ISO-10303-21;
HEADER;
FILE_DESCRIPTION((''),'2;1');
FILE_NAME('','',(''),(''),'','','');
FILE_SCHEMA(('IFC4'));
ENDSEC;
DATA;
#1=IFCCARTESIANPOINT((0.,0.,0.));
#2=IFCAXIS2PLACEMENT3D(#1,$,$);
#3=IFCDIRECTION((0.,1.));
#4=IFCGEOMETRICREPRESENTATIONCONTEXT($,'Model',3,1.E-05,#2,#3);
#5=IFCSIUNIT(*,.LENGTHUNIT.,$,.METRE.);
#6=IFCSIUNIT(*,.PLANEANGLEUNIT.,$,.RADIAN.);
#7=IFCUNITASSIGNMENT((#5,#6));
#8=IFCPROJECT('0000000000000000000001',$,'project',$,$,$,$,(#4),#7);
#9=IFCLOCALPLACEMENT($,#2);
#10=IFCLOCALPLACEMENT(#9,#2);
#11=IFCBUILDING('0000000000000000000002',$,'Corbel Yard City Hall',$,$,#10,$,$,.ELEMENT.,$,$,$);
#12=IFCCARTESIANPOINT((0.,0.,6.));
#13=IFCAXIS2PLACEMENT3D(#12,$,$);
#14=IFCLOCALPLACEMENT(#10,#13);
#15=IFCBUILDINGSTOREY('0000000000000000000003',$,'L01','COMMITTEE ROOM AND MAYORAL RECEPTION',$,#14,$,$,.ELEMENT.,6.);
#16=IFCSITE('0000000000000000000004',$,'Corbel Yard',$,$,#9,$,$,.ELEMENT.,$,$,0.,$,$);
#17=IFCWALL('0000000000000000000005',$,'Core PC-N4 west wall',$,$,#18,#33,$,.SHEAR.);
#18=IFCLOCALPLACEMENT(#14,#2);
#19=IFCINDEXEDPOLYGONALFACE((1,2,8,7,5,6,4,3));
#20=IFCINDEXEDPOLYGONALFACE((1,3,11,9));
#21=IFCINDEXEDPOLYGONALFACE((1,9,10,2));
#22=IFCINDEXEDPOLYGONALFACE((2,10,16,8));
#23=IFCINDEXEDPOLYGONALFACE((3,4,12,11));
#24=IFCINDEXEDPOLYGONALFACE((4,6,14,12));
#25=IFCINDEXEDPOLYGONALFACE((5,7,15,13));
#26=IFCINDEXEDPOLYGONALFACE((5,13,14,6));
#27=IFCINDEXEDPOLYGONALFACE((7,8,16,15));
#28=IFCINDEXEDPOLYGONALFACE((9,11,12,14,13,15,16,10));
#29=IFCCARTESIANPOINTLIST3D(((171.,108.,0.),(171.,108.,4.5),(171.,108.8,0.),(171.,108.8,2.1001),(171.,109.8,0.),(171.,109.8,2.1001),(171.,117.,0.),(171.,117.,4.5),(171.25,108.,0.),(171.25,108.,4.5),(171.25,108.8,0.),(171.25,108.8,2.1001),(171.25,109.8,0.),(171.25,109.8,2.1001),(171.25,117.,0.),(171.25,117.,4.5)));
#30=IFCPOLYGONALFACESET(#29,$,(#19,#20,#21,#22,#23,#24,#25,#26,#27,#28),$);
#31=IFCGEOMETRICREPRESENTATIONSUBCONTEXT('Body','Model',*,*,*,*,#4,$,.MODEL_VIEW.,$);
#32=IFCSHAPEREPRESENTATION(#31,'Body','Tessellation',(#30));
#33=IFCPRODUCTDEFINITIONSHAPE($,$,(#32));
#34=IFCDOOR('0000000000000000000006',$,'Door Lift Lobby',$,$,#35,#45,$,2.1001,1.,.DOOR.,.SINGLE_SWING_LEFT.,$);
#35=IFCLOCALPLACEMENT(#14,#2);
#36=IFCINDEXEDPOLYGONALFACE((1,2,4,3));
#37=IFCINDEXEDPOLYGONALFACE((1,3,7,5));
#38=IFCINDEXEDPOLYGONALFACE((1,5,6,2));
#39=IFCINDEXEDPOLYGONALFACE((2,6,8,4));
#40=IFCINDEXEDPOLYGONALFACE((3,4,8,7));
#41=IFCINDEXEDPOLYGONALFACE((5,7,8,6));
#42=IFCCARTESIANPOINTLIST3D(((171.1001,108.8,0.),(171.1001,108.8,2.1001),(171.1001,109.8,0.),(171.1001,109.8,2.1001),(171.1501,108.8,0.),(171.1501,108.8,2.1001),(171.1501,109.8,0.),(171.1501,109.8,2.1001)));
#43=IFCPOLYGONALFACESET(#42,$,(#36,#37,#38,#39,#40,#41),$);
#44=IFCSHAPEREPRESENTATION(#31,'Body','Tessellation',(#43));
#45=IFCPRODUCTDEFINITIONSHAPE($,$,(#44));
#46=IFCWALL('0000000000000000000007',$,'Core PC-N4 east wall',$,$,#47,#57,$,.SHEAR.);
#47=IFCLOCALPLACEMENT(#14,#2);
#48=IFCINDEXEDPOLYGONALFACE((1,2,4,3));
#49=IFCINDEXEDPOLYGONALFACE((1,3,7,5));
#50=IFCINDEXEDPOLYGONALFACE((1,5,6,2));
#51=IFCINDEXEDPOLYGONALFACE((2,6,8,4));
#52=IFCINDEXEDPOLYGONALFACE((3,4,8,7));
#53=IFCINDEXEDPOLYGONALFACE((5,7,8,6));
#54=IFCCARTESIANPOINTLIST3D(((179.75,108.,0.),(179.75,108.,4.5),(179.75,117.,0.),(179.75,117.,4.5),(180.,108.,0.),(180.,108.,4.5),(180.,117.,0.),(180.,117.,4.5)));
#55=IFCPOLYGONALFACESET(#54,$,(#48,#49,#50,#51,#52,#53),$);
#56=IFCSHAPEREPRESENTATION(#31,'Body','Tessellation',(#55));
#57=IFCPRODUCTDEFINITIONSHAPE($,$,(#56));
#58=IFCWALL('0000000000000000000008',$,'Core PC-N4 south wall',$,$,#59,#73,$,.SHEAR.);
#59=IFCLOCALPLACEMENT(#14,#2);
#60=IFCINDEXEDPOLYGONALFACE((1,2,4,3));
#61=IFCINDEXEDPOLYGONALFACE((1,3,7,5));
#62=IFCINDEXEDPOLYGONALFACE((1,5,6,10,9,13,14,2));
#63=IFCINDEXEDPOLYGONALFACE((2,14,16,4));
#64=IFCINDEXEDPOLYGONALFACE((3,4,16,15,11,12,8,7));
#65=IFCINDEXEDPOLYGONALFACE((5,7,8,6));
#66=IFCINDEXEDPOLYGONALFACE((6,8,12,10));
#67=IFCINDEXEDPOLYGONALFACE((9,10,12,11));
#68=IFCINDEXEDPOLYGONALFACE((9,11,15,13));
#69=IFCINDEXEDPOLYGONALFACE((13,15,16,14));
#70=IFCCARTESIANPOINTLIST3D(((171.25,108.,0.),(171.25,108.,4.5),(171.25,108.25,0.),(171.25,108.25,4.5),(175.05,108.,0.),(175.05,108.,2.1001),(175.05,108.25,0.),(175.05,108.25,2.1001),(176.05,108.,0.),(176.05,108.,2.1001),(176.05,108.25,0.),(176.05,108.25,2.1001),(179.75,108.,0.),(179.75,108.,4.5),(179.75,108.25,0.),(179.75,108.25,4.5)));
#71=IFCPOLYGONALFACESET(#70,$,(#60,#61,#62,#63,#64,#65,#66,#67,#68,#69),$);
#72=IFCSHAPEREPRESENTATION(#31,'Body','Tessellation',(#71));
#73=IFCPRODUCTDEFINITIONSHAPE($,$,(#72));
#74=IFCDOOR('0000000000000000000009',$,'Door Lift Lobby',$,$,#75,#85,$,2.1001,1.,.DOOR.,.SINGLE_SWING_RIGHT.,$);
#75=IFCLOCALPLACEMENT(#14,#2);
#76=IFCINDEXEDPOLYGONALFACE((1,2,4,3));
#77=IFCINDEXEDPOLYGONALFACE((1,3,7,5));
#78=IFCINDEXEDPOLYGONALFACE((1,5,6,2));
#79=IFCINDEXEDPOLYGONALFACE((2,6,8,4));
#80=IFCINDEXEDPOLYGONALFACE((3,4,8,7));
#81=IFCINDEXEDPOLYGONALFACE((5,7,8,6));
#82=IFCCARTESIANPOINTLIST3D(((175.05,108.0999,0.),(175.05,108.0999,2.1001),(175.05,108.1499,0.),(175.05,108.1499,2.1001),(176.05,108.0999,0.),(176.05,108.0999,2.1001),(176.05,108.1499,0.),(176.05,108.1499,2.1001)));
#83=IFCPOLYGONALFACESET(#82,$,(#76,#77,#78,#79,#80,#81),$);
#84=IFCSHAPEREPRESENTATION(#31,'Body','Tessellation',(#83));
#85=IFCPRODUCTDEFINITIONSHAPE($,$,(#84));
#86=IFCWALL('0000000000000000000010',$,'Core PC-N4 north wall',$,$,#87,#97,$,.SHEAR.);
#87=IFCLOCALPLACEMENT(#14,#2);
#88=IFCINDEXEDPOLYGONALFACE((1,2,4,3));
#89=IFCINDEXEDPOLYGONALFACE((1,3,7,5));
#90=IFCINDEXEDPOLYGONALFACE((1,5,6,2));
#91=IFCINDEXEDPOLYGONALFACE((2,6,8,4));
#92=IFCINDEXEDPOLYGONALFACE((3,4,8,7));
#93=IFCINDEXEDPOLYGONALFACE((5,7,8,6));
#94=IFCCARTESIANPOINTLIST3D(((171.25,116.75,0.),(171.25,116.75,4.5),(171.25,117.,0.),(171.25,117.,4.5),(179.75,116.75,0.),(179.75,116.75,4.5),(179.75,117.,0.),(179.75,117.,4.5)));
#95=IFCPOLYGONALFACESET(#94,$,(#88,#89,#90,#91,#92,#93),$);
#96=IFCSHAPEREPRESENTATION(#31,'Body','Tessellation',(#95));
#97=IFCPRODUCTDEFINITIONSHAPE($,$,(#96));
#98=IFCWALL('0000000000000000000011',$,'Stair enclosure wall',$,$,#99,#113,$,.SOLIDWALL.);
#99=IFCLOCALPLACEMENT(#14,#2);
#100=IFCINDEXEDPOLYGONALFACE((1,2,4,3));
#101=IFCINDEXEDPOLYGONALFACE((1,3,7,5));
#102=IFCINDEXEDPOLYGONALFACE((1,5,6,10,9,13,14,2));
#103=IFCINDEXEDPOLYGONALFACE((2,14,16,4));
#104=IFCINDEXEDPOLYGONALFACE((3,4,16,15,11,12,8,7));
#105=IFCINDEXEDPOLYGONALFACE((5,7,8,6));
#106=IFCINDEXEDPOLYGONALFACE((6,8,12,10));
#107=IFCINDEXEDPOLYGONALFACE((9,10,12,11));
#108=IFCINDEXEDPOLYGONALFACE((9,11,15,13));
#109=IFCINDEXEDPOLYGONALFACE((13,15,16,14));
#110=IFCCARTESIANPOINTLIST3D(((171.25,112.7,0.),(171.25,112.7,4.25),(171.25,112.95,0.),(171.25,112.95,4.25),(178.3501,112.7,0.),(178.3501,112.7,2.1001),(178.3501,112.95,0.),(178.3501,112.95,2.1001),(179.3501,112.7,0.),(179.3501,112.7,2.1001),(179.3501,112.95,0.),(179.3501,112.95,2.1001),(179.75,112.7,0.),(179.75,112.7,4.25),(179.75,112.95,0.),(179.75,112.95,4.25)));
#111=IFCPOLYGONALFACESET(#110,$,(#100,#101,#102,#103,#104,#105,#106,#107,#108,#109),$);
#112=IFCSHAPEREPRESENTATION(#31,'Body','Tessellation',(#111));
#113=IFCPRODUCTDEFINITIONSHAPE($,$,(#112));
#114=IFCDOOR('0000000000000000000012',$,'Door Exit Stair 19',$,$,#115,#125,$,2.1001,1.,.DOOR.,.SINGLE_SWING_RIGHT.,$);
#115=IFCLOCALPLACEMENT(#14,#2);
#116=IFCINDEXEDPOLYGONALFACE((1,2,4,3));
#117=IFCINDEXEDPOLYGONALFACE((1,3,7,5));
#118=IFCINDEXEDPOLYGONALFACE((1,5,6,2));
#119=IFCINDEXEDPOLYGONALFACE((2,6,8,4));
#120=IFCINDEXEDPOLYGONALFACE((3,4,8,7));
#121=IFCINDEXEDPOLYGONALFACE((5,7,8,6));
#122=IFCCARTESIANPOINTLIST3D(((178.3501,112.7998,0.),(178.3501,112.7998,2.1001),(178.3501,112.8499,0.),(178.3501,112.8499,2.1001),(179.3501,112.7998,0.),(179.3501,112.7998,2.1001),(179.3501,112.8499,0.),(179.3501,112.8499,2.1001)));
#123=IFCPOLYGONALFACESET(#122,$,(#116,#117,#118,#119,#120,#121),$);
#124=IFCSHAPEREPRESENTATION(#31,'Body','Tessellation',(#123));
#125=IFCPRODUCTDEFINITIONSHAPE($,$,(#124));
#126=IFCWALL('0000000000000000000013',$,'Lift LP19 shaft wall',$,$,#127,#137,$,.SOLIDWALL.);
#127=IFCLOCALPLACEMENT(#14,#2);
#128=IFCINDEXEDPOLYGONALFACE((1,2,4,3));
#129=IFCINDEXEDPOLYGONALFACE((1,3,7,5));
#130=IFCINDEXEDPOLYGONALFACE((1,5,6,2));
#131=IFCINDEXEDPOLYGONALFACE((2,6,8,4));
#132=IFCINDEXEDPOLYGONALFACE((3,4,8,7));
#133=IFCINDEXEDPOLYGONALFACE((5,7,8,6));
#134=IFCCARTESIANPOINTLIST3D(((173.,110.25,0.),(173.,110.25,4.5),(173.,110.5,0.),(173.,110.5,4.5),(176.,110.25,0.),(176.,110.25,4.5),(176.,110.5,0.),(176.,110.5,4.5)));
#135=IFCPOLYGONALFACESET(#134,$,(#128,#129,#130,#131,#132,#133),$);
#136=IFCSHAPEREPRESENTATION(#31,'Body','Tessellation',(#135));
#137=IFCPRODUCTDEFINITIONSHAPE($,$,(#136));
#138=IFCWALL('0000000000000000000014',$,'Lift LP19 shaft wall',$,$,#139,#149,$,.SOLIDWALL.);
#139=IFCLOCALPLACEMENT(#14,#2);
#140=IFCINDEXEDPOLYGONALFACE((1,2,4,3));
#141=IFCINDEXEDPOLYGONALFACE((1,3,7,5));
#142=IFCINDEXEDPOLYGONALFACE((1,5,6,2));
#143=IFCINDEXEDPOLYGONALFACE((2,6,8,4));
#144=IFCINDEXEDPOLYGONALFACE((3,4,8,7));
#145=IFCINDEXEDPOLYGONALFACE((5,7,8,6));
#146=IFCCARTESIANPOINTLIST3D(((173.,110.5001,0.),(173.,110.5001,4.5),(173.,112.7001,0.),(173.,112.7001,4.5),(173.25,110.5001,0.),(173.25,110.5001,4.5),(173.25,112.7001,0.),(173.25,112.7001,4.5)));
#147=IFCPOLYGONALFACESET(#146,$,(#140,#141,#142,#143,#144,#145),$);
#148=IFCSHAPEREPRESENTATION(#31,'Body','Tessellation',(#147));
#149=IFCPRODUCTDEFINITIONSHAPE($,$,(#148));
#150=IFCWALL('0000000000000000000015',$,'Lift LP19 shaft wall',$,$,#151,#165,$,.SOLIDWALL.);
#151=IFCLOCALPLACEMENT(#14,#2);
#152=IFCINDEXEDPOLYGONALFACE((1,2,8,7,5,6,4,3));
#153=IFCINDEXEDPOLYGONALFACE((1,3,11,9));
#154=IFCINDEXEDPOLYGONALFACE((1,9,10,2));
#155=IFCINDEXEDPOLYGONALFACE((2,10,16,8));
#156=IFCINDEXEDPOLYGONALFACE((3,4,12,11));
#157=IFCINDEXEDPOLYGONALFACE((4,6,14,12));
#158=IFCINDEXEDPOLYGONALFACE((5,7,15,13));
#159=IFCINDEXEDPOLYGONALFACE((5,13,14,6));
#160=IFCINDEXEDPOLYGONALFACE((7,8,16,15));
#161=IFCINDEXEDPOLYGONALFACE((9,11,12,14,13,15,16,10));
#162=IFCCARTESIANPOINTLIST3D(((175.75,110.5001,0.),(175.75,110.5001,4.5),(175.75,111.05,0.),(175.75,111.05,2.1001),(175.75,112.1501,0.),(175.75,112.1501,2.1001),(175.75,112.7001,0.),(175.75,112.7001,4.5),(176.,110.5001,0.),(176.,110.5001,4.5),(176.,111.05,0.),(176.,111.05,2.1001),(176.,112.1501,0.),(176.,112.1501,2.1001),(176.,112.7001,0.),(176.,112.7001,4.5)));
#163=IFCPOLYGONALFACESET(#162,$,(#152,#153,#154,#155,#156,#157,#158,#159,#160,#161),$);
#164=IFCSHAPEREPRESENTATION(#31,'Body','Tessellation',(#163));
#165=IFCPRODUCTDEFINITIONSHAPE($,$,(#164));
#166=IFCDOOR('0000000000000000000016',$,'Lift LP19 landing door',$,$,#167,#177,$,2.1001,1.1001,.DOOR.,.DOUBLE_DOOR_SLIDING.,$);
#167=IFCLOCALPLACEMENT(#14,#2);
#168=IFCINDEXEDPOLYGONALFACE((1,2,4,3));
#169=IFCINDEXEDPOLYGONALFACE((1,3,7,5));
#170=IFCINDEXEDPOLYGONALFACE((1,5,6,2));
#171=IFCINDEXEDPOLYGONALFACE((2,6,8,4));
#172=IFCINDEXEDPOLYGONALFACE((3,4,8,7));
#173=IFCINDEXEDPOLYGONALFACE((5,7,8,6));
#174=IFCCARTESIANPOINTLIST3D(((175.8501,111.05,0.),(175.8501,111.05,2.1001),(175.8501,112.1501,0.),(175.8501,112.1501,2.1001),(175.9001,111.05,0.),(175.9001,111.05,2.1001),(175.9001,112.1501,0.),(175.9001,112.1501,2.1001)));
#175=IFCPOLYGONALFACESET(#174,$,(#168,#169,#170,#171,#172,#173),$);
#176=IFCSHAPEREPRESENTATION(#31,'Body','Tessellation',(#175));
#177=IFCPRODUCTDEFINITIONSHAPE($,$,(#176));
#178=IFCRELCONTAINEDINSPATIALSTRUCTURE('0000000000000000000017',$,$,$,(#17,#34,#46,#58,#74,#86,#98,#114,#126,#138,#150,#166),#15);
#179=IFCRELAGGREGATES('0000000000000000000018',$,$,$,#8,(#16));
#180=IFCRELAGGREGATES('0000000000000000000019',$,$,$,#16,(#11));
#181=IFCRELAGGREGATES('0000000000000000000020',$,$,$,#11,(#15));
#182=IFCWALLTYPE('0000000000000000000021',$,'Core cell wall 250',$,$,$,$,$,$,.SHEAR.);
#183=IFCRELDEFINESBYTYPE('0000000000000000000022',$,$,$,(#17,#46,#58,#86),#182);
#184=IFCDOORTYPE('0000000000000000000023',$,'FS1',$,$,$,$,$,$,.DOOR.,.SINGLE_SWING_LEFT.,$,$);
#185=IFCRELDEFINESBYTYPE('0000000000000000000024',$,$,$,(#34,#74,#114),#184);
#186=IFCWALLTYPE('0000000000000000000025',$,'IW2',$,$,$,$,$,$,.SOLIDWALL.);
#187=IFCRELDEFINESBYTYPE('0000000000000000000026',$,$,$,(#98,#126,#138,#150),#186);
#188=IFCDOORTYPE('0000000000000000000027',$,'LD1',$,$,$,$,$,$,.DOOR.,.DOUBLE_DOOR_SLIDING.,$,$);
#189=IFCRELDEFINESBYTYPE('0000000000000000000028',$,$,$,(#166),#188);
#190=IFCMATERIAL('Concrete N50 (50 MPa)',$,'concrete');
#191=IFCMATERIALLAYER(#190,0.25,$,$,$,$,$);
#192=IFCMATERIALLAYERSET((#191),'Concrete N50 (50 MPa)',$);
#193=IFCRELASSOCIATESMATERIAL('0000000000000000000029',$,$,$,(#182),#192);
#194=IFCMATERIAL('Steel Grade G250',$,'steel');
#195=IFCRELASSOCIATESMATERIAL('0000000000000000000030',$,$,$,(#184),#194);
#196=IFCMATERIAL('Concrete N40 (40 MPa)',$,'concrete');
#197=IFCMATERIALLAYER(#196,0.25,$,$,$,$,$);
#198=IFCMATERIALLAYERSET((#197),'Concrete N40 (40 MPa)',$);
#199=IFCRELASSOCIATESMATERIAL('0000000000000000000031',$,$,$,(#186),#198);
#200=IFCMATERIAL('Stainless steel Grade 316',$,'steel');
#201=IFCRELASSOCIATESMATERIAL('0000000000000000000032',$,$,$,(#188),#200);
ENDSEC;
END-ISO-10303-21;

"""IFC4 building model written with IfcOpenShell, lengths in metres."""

from ifc_helpers import new_model, si_unit, direction, frame, frame_2d, origin, place, context, subcontext, project, spatial, rectangle, extrude, material, layer, layer_set, type_object, element, fill, save


model = new_model("IFC4")

# Units and contexts
model_context = context("Model", 3, precision=1e-05, world=origin(), true_north=direction((0.0, 1.0)))
body_context = subcontext(model_context, "Body", "Model", "MODEL_VIEW")
ifc_project = project(units=[si_unit("LENGTHUNIT", "METRE"), si_unit("PLANEANGLEUNIT", "RADIAN")], contexts=[model_context])

# Site, building, storey
site_placement = place(None, origin())
site = spatial("IfcSite", under=ifc_project, at=site_placement, Name="Corbel Yard", CompositionType="ELEMENT", RefElevation=0.0)
building_placement = place(site_placement, origin())
building = spatial("IfcBuilding", under=site, at=building_placement, Name="Corbel Yard City Hall", CompositionType="ELEMENT")
storey_placement = place(building_placement, frame((0.0, 0.0, 6.0)))
storey = spatial("IfcBuildingStorey", under=building, at=storey_placement, Name="L01", Description="COMMITTEE ROOM AND MAYORAL RECEPTION", CompositionType="ELEMENT", Elevation=6.0)

# Wall, opening, door
ifc_material_1 = material(Name="Concrete N50 (50 MPa)", Category="concrete")
ifc_layer_1 = layer(ifc_material_1, 0.25)
ifc_layer_set_1 = layer_set([ifc_layer_1], Name="Concrete N50 (50 MPa)")
wall_type_1 = type_object("IfcWallType", Name="Core cell wall 250", PredefinedType="SHEAR", material=ifc_layer_set_1)
wall_1_placement = place(storey_placement, frame((171.125, 108.0, 0.0), z_axis=(0.0, 0.0, 1.0), x_axis=(0.0, 1.0, 0.0)))
wall_1 = element("IfcWall", 1, at=wall_1_placement, inside=storey, type_object=wall_type_1, Name="Core PC-N4 west wall", PredefinedType="SHEAR", context=body_context, shape_type="SweptSolid", body=[
    extrude(rectangle(XDim=9.0, YDim=0.25, at=frame_2d((4.5, 0.0))), origin(), (0.0, 0.0, 1.0), 4.5),
])
opening_1_placement = place(wall_1_placement, frame((0.8, 0.0, 0.0)))
opening_1 = element("IfcOpeningElement", 2, at=opening_1_placement, cuts=wall_1, PredefinedType="OPENING", context=body_context, shape_type="SweptSolid", body=[
    extrude(rectangle(XDim=1.0, YDim=2.1001, at=frame_2d((0.5, 1.05))), frame((0.0, 0.135, 0.0), z_axis=(0.0, -1.0, 0.0), x_axis=(1.0, 0.0, 0.0)), (0.0, 0.0, 1.0), 0.27),
])
ifc_material_2 = material(Name="Steel Grade G250", Category="steel")
door_type_1 = type_object("IfcDoorType", Name="FS1", OperationType="SINGLE_SWING_LEFT", PredefinedType="DOOR", material=ifc_material_2)
door_1_placement = place(opening_1_placement, origin())
door_1 = element("IfcDoor", 3, at=door_1_placement, inside=storey, type_object=door_type_1, Name="Door Lift Lobby", OperationType="SINGLE_SWING_LEFT", OverallHeight=2.1001, OverallWidth=1.0, PredefinedType="DOOR", context=body_context, shape_type="SweptSolid", body=[
    extrude(rectangle(XDim=1.0, YDim=2.1001, at=frame_2d((0.5, 1.05))), frame((0.0, 0.0249, 0.0), z_axis=(0.0, -1.0, 0.0), x_axis=(1.0, 0.0, 0.0)), (0.0, 0.0, 1.0), 0.05),
])
fill(opening_1, door_1)

# Wall
wall_2_placement = place(storey_placement, frame((179.875, 108.0, 0.0), z_axis=(0.0, 0.0, 1.0), x_axis=(0.0, 1.0, 0.0)))
element("IfcWall", 4, at=wall_2_placement, inside=storey, type_object=wall_type_1, Name="Core PC-N4 east wall", PredefinedType="SHEAR", context=body_context, shape_type="SweptSolid", body=[
    extrude(rectangle(XDim=9.0, YDim=0.25, at=frame_2d((4.5, 0.0))), origin(), (0.0, 0.0, 1.0), 4.5),
])

# Wall, opening, door
wall_3_placement = place(storey_placement, frame((171.25, 108.125, 0.0), z_axis=(0.0, 0.0, 1.0), x_axis=(1.0, 0.0, 0.0)))
wall_3 = element("IfcWall", 5, at=wall_3_placement, inside=storey, type_object=wall_type_1, Name="Core PC-N4 south wall", PredefinedType="SHEAR", context=body_context, shape_type="SweptSolid", body=[
    extrude(rectangle(XDim=8.5, YDim=0.25, at=frame_2d((4.25, 0.0))), origin(), (0.0, 0.0, 1.0), 4.5),
])
opening_2_placement = place(wall_3_placement, frame((3.8, 0.0, 0.0)))
opening_2 = element("IfcOpeningElement", 6, at=opening_2_placement, cuts=wall_3, PredefinedType="OPENING", context=body_context, shape_type="SweptSolid", body=[
    extrude(rectangle(XDim=1.0, YDim=2.1001, at=frame_2d((0.5, 1.05))), frame((0.0, 0.135, 0.0), z_axis=(0.0, -1.0, 0.0), x_axis=(1.0, 0.0, 0.0)), (0.0, 0.0, 1.0), 0.27),
])
door_2_placement = place(opening_2_placement, origin())
door_2 = element("IfcDoor", 7, at=door_2_placement, inside=storey, type_object=door_type_1, Name="Door Lift Lobby", OperationType="SINGLE_SWING_RIGHT", OverallHeight=2.1001, OverallWidth=1.0, PredefinedType="DOOR", context=body_context, shape_type="SweptSolid", body=[
    extrude(rectangle(XDim=1.0, YDim=2.1001, at=frame_2d((0.5, 1.05))), frame((0.0, 0.0249, 0.0), z_axis=(0.0, -1.0, 0.0), x_axis=(1.0, 0.0, 0.0)), (0.0, 0.0, 1.0), 0.05),
])
fill(opening_2, door_2)

# Wall
wall_4_placement = place(storey_placement, frame((171.25, 116.875, 0.0), z_axis=(0.0, 0.0, 1.0), x_axis=(1.0, 0.0, 0.0)))
element("IfcWall", 8, at=wall_4_placement, inside=storey, type_object=wall_type_1, Name="Core PC-N4 north wall", PredefinedType="SHEAR", context=body_context, shape_type="SweptSolid", body=[
    extrude(rectangle(XDim=8.5, YDim=0.25, at=frame_2d((4.25, 0.0))), origin(), (0.0, 0.0, 1.0), 4.5),
])

# Wall, opening, door
ifc_material_3 = material(Name="Concrete N40 (40 MPa)", Category="concrete")
ifc_layer_2 = layer(ifc_material_3, 0.25)
ifc_layer_set_2 = layer_set([ifc_layer_2], Name="Concrete N40 (40 MPa)")
wall_type_2 = type_object("IfcWallType", Name="IW2", PredefinedType="SOLIDWALL", material=ifc_layer_set_2)
wall_5_placement = place(storey_placement, frame((179.75, 112.825, 0.0), z_axis=(0.0, 0.0, 1.0), x_axis=(-1.0, 0.0, 0.0)))
wall_5 = element("IfcWall", 9, at=wall_5_placement, inside=storey, type_object=wall_type_2, Name="Stair enclosure wall", PredefinedType="SOLIDWALL", context=body_context, shape_type="SweptSolid", body=[
    extrude(rectangle(XDim=8.5, YDim=0.25, at=frame_2d((4.25, 0.0))), origin(), (0.0, 0.0, 1.0), 4.25),
])
opening_3_placement = place(wall_5_placement, frame((0.3999, 0.0, 0.0)))
opening_3 = element("IfcOpeningElement", 10, at=opening_3_placement, cuts=wall_5, PredefinedType="OPENING", context=body_context, shape_type="SweptSolid", body=[
    extrude(rectangle(XDim=1.0, YDim=2.1001, at=frame_2d((0.5, 1.05))), frame((0.0, 0.135, 0.0), z_axis=(0.0, -1.0, 0.0), x_axis=(1.0, 0.0, 0.0)), (0.0, 0.0, 1.0), 0.27),
])
door_3_placement = place(opening_3_placement, frame((1.0, 0.0, 0.0), z_axis=(0.0, 0.0, 1.0), x_axis=(-1.0, 0.0, 0.0)))
door_3 = element("IfcDoor", 11, at=door_3_placement, inside=storey, type_object=door_type_1, Name="Door Exit Stair 19", OperationType="SINGLE_SWING_RIGHT", OverallHeight=2.1001, OverallWidth=1.0, PredefinedType="DOOR", context=body_context, shape_type="SweptSolid", body=[
    extrude(rectangle(XDim=1.0, YDim=2.1001, at=frame_2d((0.5, 1.05))), frame((0.0, 0.0249, 0.0), z_axis=(0.0, -1.0, 0.0), x_axis=(1.0, 0.0, 0.0)), (0.0, 0.0, 1.0), 0.05),
])
fill(opening_3, door_3)

# Walls
wall_6_placement = place(storey_placement, frame((173.0, 110.375, 0.0), z_axis=(0.0, 0.0, 1.0), x_axis=(1.0, 0.0, 0.0)))
element("IfcWall", 12, at=wall_6_placement, inside=storey, type_object=wall_type_2, Name="Lift LP19 shaft wall", PredefinedType="SOLIDWALL", context=body_context, shape_type="SweptSolid", body=[
    extrude(rectangle(XDim=3.0, YDim=0.25, at=frame_2d((1.5, 0.0))), origin(), (0.0, 0.0, 1.0), 4.5),
])
wall_7_placement = place(storey_placement, frame((173.125, 110.5, 0.0), z_axis=(0.0, 0.0, 1.0), x_axis=(0.0, 1.0, 0.0)))
element("IfcWall", 13, at=wall_7_placement, inside=storey, type_object=wall_type_2, Name="Lift LP19 shaft wall", PredefinedType="SOLIDWALL", context=body_context, shape_type="SweptSolid", body=[
    extrude(rectangle(XDim=2.2, YDim=0.25, at=frame_2d((1.1001, 0.0))), origin(), (0.0, 0.0, 1.0), 4.5),
])

# Wall, opening, door
wall_8_placement = place(storey_placement, frame((175.875, 110.5, 0.0), z_axis=(0.0, 0.0, 1.0), x_axis=(0.0, 1.0, 0.0)))
wall_8 = element("IfcWall", 14, at=wall_8_placement, inside=storey, type_object=wall_type_2, Name="Lift LP19 shaft wall", PredefinedType="SOLIDWALL", context=body_context, shape_type="SweptSolid", body=[
    extrude(rectangle(XDim=2.2, YDim=0.25, at=frame_2d((1.1001, 0.0))), origin(), (0.0, 0.0, 1.0), 4.5),
])
opening_4_placement = place(wall_8_placement, frame((0.55, 0.0, 0.0)))
opening_4 = element("IfcOpeningElement", 15, at=opening_4_placement, cuts=wall_8, PredefinedType="OPENING", context=body_context, shape_type="SweptSolid", body=[
    extrude(rectangle(XDim=1.1001, YDim=2.1001, at=frame_2d((0.55, 1.05))), frame((0.0, 0.135, 0.0), z_axis=(0.0, -1.0, 0.0), x_axis=(1.0, 0.0, 0.0)), (0.0, 0.0, 1.0), 0.27),
])
ifc_material_4 = material(Name="Stainless steel Grade 316", Category="steel")
door_type_2 = type_object("IfcDoorType", Name="LD1", OperationType="DOUBLE_DOOR_SLIDING", PredefinedType="DOOR", material=ifc_material_4)
door_4_placement = place(opening_4_placement, origin())
door_4 = element("IfcDoor", 16, at=door_4_placement, inside=storey, type_object=door_type_2, Name="Lift LP19 landing door", OperationType="DOUBLE_DOOR_SLIDING", OverallHeight=2.1001, OverallWidth=1.1001, PredefinedType="DOOR", context=body_context, shape_type="SweptSolid", body=[
    extrude(rectangle(XDim=1.1001, YDim=2.1001, at=frame_2d((0.55, 1.05))), frame((0.0, 0.0249, 0.0), z_axis=(0.0, -1.0, 0.0), x_axis=(1.0, 0.0, 0.0)), (0.0, 0.0, 1.0), 0.05),
])
fill(opening_4, door_4)

save(model, "model.ifc")
